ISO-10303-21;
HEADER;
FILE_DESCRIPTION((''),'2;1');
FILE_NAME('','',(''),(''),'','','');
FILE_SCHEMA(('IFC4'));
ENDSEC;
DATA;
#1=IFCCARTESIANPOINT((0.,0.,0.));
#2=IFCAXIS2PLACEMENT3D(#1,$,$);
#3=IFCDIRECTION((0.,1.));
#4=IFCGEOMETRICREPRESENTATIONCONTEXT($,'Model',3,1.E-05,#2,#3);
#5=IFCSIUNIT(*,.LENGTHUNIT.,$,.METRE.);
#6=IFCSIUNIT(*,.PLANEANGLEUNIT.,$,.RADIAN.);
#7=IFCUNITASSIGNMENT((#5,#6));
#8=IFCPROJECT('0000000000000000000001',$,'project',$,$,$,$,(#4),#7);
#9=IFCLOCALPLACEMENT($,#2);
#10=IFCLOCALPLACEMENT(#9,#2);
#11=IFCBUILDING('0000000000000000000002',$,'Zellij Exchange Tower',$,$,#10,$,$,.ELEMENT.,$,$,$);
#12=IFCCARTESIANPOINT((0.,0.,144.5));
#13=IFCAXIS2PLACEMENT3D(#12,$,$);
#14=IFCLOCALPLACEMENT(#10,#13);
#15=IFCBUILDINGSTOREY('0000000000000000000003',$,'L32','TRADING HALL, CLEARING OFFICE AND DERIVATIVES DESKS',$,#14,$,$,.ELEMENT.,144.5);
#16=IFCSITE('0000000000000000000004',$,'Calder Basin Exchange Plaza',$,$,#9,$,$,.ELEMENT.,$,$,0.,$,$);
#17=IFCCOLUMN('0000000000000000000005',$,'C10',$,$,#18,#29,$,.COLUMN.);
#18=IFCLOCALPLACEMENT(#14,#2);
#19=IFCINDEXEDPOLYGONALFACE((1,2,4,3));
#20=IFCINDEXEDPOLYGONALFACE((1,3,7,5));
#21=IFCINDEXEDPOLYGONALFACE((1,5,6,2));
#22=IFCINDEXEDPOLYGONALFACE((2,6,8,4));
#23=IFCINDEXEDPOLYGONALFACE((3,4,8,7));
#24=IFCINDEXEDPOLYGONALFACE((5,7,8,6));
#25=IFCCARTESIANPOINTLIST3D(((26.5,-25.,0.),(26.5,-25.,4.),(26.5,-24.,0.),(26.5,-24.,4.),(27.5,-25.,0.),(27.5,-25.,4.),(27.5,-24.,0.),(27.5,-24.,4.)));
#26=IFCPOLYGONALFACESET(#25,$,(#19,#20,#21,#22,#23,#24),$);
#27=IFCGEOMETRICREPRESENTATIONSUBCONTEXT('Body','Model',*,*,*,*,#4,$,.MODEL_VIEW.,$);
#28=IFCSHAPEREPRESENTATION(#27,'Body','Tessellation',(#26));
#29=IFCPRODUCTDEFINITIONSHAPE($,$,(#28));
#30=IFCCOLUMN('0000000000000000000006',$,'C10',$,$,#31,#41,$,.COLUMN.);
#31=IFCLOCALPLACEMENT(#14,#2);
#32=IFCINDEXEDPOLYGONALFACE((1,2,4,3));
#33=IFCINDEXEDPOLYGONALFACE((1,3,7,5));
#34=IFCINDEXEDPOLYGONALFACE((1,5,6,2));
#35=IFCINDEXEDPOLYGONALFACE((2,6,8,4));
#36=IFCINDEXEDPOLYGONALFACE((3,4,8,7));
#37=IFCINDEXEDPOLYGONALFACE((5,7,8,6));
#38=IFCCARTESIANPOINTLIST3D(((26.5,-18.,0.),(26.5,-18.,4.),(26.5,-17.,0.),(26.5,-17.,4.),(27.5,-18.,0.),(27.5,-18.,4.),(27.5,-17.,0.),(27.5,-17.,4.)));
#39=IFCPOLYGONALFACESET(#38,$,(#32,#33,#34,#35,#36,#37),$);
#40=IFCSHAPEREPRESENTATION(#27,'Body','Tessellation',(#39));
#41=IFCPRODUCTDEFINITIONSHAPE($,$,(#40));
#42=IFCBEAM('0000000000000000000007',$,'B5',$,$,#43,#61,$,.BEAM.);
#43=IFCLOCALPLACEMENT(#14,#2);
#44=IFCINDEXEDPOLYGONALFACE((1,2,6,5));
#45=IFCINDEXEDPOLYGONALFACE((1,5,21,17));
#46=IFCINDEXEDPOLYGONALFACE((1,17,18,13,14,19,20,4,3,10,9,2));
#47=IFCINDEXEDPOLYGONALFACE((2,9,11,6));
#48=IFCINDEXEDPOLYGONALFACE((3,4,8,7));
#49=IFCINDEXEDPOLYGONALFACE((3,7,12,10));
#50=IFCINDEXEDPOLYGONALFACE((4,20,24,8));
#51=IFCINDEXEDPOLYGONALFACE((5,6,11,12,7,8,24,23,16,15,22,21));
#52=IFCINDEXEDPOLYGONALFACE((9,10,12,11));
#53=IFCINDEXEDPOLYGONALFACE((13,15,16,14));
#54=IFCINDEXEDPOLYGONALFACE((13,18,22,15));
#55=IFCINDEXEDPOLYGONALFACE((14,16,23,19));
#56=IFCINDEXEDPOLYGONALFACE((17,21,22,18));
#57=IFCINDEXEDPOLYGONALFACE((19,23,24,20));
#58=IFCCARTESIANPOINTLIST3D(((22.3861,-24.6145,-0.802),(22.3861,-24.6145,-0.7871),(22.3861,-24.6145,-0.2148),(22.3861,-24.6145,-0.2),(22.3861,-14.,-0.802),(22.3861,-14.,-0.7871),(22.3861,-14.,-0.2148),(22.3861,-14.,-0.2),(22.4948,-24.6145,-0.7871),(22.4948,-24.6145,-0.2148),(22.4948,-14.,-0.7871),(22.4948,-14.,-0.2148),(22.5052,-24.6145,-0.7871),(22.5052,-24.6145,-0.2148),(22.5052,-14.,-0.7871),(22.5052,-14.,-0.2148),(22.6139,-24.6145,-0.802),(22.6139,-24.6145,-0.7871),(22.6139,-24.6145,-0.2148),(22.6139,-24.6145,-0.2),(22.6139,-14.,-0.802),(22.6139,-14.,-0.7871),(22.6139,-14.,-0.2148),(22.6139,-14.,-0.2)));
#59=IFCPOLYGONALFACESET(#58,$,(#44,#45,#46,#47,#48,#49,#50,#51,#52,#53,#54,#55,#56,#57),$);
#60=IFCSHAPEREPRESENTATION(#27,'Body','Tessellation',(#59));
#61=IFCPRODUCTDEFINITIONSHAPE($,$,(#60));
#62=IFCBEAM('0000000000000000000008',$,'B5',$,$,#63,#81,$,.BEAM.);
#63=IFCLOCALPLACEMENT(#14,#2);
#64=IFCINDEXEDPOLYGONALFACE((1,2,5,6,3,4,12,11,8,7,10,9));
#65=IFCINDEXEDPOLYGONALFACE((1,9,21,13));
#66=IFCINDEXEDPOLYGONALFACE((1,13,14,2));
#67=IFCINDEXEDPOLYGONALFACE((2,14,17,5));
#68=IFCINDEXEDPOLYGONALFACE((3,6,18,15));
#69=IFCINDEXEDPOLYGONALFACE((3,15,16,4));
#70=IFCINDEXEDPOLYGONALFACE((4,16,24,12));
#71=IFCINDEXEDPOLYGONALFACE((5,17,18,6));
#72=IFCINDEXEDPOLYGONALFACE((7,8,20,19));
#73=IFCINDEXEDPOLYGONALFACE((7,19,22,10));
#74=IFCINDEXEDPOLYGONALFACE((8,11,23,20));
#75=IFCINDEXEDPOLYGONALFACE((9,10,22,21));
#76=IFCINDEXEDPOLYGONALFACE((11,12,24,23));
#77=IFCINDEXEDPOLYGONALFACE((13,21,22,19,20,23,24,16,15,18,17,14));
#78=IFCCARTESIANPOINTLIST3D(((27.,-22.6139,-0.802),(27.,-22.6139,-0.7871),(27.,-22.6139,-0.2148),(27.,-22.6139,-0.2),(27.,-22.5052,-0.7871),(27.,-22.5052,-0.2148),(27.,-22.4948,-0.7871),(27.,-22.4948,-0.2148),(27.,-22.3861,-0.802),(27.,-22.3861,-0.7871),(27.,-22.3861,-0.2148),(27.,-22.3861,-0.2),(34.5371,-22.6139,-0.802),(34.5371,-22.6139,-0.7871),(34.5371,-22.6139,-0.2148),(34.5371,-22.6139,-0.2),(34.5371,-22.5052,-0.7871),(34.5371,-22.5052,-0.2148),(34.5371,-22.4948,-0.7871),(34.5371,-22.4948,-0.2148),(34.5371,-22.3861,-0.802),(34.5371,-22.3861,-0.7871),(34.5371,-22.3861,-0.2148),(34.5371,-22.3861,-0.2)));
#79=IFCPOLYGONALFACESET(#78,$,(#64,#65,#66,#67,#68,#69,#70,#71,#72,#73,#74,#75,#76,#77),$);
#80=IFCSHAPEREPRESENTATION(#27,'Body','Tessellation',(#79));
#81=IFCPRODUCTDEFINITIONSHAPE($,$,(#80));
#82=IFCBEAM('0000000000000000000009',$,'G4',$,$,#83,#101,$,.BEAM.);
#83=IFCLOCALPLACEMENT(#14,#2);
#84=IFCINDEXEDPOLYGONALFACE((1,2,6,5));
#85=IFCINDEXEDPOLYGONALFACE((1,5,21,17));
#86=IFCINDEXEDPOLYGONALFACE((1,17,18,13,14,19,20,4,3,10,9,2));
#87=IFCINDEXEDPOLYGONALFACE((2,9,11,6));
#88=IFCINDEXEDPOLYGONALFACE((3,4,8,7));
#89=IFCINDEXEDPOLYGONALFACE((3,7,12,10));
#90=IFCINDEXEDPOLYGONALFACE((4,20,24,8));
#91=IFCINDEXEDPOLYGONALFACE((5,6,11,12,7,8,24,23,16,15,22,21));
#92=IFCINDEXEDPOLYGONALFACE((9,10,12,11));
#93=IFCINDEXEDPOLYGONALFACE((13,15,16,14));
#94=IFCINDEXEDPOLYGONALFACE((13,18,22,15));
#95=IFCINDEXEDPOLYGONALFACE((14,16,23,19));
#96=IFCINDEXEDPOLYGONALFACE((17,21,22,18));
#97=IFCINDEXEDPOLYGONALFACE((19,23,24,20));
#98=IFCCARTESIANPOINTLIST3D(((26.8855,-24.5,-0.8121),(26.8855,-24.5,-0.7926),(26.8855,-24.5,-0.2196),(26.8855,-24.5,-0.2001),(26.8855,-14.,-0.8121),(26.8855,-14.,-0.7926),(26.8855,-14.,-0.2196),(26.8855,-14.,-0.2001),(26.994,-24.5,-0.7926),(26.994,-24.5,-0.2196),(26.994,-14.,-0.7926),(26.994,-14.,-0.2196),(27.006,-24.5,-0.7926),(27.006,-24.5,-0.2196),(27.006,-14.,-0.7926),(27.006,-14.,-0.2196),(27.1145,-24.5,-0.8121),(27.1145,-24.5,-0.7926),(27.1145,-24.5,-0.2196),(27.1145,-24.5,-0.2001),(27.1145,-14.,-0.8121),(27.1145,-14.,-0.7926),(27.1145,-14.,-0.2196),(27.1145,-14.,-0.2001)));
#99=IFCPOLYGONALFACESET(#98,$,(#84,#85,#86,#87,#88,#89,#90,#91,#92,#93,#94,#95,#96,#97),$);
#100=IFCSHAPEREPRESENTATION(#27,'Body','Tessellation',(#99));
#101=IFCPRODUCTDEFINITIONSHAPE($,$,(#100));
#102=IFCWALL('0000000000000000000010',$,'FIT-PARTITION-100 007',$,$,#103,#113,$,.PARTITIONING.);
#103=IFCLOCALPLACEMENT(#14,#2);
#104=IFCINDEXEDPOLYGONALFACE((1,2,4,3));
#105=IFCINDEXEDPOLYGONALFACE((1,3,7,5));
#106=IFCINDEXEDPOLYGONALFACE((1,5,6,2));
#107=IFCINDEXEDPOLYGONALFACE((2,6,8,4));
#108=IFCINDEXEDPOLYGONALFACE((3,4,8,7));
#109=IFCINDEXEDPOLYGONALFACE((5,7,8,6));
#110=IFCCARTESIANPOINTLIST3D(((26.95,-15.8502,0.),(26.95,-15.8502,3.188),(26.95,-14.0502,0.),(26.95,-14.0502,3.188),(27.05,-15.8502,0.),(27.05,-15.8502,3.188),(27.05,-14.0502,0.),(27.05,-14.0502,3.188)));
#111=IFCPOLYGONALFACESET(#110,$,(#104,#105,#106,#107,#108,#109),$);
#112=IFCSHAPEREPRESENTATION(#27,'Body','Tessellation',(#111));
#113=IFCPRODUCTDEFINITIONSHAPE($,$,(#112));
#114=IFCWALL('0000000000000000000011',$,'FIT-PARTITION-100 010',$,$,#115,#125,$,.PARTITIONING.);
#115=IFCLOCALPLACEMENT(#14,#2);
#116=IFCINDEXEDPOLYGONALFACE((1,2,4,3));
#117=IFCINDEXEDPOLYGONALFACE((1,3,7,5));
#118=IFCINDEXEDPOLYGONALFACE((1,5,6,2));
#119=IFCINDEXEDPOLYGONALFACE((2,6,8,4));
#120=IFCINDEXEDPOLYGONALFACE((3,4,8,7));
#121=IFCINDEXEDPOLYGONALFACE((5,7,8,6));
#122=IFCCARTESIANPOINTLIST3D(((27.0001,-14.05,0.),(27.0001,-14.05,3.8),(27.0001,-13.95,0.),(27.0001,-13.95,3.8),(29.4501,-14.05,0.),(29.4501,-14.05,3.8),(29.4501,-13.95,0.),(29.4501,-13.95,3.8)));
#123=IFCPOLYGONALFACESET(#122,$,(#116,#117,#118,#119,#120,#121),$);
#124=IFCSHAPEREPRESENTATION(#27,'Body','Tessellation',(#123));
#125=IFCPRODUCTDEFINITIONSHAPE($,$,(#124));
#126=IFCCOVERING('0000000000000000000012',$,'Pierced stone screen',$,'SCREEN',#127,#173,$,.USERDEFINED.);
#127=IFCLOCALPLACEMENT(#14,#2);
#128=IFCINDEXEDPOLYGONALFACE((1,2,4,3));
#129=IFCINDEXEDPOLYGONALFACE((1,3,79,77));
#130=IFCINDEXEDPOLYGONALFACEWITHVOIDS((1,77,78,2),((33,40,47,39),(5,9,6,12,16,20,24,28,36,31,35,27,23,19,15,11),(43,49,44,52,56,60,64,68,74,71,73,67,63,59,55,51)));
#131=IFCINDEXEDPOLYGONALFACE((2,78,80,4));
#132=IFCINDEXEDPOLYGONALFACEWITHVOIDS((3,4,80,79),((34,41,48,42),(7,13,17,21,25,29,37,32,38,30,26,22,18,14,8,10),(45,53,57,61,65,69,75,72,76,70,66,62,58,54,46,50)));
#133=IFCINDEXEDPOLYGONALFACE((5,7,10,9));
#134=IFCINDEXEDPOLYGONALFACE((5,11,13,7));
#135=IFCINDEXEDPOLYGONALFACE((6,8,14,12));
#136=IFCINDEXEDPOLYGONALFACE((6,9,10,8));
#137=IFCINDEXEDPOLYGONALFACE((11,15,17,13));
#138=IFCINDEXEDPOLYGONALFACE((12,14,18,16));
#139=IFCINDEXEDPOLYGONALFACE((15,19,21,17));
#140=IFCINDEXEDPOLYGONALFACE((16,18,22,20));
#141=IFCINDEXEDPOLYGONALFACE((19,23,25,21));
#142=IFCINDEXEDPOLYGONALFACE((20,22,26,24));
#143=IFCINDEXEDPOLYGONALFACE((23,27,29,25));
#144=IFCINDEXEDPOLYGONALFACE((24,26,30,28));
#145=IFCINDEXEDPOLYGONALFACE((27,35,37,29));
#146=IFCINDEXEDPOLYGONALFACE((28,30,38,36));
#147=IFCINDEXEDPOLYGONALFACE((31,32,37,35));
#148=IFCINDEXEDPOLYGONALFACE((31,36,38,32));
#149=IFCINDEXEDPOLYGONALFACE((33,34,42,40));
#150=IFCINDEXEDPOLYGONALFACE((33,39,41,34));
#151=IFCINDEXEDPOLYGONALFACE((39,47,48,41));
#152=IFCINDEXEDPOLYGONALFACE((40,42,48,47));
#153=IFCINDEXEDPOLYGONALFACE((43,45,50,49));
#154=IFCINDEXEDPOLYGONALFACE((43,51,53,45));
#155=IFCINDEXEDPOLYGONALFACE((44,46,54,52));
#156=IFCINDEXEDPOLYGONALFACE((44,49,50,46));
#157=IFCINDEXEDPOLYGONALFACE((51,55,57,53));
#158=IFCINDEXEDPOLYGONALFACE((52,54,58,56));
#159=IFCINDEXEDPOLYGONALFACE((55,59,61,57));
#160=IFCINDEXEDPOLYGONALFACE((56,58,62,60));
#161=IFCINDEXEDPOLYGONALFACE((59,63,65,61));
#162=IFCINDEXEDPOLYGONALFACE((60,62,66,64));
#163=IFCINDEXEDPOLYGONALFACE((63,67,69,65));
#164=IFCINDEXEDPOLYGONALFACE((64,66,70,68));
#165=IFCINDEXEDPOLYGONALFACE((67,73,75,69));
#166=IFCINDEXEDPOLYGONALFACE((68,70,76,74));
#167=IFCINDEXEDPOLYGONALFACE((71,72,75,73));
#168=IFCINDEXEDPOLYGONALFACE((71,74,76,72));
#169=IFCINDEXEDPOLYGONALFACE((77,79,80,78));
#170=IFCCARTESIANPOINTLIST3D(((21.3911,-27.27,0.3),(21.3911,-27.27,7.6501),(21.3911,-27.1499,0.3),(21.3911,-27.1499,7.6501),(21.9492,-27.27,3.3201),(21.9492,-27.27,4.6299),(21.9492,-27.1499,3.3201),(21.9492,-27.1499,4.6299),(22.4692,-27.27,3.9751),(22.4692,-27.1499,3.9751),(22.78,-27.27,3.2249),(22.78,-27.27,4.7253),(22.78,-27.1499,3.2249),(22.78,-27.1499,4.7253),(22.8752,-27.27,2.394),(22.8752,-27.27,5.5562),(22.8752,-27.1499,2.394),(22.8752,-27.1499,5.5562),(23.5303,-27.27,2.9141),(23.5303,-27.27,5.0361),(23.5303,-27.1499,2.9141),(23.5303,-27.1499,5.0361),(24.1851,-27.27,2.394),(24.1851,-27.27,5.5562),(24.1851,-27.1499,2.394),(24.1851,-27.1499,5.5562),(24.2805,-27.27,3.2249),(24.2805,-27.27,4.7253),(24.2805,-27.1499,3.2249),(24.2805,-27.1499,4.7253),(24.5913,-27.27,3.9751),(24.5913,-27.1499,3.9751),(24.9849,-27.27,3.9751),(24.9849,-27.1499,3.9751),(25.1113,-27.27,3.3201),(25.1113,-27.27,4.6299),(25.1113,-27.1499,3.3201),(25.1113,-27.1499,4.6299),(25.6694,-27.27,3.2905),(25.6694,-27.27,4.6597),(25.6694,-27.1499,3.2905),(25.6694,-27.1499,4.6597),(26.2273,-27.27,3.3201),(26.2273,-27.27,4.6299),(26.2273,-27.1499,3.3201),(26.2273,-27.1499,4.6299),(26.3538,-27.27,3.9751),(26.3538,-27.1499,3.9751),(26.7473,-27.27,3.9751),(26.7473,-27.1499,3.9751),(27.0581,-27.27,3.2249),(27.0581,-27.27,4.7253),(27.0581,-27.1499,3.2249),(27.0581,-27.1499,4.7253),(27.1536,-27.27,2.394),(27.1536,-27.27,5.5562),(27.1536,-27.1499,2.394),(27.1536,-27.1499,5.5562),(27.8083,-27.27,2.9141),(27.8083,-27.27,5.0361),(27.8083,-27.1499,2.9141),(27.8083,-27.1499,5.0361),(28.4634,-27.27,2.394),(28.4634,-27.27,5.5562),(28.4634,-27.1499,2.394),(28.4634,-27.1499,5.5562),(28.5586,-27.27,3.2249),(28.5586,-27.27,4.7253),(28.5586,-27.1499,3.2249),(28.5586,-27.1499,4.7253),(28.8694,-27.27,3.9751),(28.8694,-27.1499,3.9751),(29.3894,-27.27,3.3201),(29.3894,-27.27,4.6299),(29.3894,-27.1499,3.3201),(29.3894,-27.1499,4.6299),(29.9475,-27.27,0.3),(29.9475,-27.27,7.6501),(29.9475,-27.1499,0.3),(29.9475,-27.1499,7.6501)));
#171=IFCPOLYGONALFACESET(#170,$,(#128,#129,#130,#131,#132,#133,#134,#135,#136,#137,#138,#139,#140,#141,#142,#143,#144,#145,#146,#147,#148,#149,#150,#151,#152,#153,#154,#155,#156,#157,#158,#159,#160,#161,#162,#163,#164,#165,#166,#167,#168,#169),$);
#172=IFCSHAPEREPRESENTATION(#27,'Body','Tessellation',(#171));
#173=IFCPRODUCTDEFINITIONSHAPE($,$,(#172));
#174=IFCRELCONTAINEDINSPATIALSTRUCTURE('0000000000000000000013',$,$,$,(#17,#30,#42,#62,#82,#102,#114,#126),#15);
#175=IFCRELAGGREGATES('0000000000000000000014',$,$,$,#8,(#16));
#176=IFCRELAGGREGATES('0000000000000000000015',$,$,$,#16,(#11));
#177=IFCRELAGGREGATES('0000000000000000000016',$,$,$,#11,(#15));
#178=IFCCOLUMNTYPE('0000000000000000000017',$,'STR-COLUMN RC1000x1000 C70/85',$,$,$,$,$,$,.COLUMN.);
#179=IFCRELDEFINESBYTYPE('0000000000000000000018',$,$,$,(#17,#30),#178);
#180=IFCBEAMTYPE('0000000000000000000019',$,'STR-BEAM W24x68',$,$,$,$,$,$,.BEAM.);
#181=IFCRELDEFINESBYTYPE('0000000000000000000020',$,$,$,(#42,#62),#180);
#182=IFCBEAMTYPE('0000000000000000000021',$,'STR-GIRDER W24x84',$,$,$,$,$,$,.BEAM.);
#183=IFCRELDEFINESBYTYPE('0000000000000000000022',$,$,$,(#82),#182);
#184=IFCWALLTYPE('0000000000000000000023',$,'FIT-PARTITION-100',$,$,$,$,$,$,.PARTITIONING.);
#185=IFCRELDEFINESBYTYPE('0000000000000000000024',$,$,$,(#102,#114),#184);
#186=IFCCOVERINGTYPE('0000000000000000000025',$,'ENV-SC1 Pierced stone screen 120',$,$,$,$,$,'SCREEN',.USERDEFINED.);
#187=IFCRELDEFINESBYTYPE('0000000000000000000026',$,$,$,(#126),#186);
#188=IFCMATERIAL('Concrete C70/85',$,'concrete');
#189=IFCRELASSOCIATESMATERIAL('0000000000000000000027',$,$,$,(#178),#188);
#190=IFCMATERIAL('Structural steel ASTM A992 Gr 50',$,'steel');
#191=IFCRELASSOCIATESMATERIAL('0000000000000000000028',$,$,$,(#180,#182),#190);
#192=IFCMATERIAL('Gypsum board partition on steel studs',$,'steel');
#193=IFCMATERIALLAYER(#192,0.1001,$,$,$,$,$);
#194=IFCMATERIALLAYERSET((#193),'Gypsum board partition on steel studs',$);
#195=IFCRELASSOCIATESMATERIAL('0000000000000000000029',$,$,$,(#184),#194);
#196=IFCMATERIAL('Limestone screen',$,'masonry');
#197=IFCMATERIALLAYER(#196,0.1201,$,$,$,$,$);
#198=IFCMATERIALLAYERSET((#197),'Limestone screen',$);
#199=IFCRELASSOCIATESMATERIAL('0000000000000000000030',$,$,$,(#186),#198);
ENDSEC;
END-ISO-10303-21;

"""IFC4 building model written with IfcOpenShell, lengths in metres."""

from ifc_helpers import new_model, si_unit, direction, frame, frame_2d, origin, origin_2d, place, context, subcontext, project, spatial, polyline, rectangle, i_section, outline, extrude, material, layer, layer_set, material_profile, profile_set, type_object, element, save


model = new_model("IFC4")

# Units and contexts
model_context = context("Model", 3, precision=1e-05, world=origin(), true_north=direction((0.0, 1.0)))
body_context = subcontext(model_context, "Body", "Model", "MODEL_VIEW")
ifc_project = project(units=[si_unit("LENGTHUNIT", "METRE"), si_unit("PLANEANGLEUNIT", "RADIAN")], contexts=[model_context])

# Site, building, storey
site_placement = place(None, origin())
site = spatial("IfcSite", under=ifc_project, at=site_placement, Name="Calder Basin Exchange Plaza", CompositionType="ELEMENT", RefElevation=0.0)
building_placement = place(site_placement, origin())
building = spatial("IfcBuilding", under=site, at=building_placement, Name="Zellij Exchange Tower", CompositionType="ELEMENT")
storey_placement = place(building_placement, frame((0.0, 0.0, 144.5)))
storey = spatial("IfcBuildingStorey", under=building, at=storey_placement, Name="L32", Description="TRADING HALL, CLEARING OFFICE AND DERIVATIVES DESKS", CompositionType="ELEMENT", Elevation=144.5)

# Columns
ifc_material_1 = material(Name="Concrete C70/85", Category="concrete")
ifc_material_profile_1 = material_profile(ifc_material_1, rectangle(XDim=1.0, YDim=1.0, at=origin_2d()), Name="STR-COLUMN RC1000x1000 C70/85")
ifc_profile_set_1 = profile_set([ifc_material_profile_1], Name="Concrete C70/85")
column_type = type_object("IfcColumnType", Name="STR-COLUMN RC1000x1000 C70/85", PredefinedType="COLUMN", material=ifc_profile_set_1)
for number, where, z_axis, x_axis, name in (
    (1, (27.0, -24.5, 0.0), (0.0, 0.0, 1.0), (1.0, 0.0, 0.0), "C10"),
    (2, (27.0, -17.5, 0.0), (0.0, 0.0, 1.0), (1.0, 0.0, 0.0), "C10"),
):
    element("IfcColumn", number, at=place(storey_placement, frame(where, z_axis=z_axis, x_axis=x_axis)), inside=storey, type_object=column_type, Name=name, PredefinedType="COLUMN", context=body_context, shape_type="SweptSolid", body=[
        extrude(rectangle(XDim=1.0, YDim=1.0, at=origin_2d()), origin(), (0.0, 0.0, 1.0), 4.0),
    ])

# Beams
ifc_material_2 = material(Name="Structural steel ASTM A992 Gr 50", Category="steel")
ifc_material_profile_2 = material_profile(ifc_material_2, i_section(OverallWidth=0.2278, OverallDepth=0.6021, WebThickness=0.0105, FlangeThickness=0.0149, at=origin_2d()), Name="W24x68")
ifc_profile_set_2 = profile_set([ifc_material_profile_2], Name="Structural steel ASTM A992 Gr 50")
beam_type_1 = type_object("IfcBeamType", Name="STR-BEAM W24x68", PredefinedType="BEAM", material=ifc_profile_set_2)
beam_1_placement = place(storey_placement, frame((22.5, -24.6145, -0.501), z_axis=(0.0, 1.0, 0.0), x_axis=(-1.0, 0.0, 0.0)))
element("IfcBeam", 3, at=beam_1_placement, inside=storey, type_object=beam_type_1, Name="B5", PredefinedType="BEAM", context=body_context, shape_type="SweptSolid", body=[
    extrude(i_section(OverallWidth=0.2278, OverallDepth=0.6021, WebThickness=0.0105, FlangeThickness=0.0149, at=origin_2d()), origin(), (0.0, 0.0, 1.0), 10.6145),
])
beam_2_placement = place(storey_placement, frame((27.0, -22.5, -0.501), z_axis=(1.0, 0.0, 0.0), x_axis=(0.0, 1.0, 0.0)))
element("IfcBeam", 4, at=beam_2_placement, inside=storey, type_object=beam_type_1, Name="B5", PredefinedType="BEAM", context=body_context, shape_type="SweptSolid", body=[
    extrude(i_section(OverallWidth=0.2278, OverallDepth=0.6021, WebThickness=0.0105, FlangeThickness=0.0149, at=origin_2d()), origin(), (0.0, 0.0, 1.0), 7.5371),
])
ifc_material_profile_3 = material_profile(ifc_material_2, i_section(OverallWidth=0.229, OverallDepth=0.6121, WebThickness=0.012, FlangeThickness=0.0195, at=origin_2d()), Name="W24x84")
ifc_profile_set_3 = profile_set([ifc_material_profile_3], Name="Structural steel ASTM A992 Gr 50")
beam_type_2 = type_object("IfcBeamType", Name="STR-GIRDER W24x84", PredefinedType="BEAM", material=ifc_profile_set_3)
beam_3_placement = place(storey_placement, frame((27.0, -24.5, -0.5061), z_axis=(0.0, 1.0, 0.0), x_axis=(-1.0, 0.0, 0.0)))
element("IfcBeam", 5, at=beam_3_placement, inside=storey, type_object=beam_type_2, Name="G4", PredefinedType="BEAM", context=body_context, shape_type="SweptSolid", body=[
    extrude(i_section(OverallWidth=0.229, OverallDepth=0.6121, WebThickness=0.012, FlangeThickness=0.0195, at=origin_2d()), origin(), (0.0, 0.0, 1.0), 10.5),
])

# Walls
ifc_material_3 = material(Name="Gypsum board partition on steel studs", Category="steel")
ifc_layer_1 = layer(ifc_material_3, 0.1001)
ifc_layer_set_1 = layer_set([ifc_layer_1], Name="Gypsum board partition on steel studs")
wall_type = type_object("IfcWallType", Name="FIT-PARTITION-100", PredefinedType="PARTITIONING", material=ifc_layer_set_1)
wall_1_placement = place(storey_placement, frame((27.0, -15.8501, 0.0), z_axis=(0.0, 0.0, 1.0), x_axis=(0.0, 1.0, 0.0)))
element("IfcWall", 6, at=wall_1_placement, inside=storey, type_object=wall_type, Name="FIT-PARTITION-100 007", PredefinedType="PARTITIONING", context=body_context, shape_type="SweptSolid", body=[
    extrude(rectangle(XDim=1.8, YDim=0.1001, at=frame_2d((0.8999, 0.0))), origin(), (0.0, 0.0, 1.0), 3.188),
])
wall_2_placement = place(storey_placement, frame((27.0, -14.0, 0.0), z_axis=(0.0, 0.0, 1.0), x_axis=(1.0, 0.0, 0.0)))
element("IfcWall", 7, at=wall_2_placement, inside=storey, type_object=wall_type, Name="FIT-PARTITION-100 010", PredefinedType="PARTITIONING", context=body_context, shape_type="SweptSolid", body=[
    extrude(rectangle(XDim=2.45, YDim=0.1001, at=frame_2d((1.2251, 0.0))), origin(), (0.0, 0.0, 1.0), 3.8),
])

# Covering
ifc_material_4 = material(Name="Limestone screen", Category="masonry")
ifc_layer_2 = layer(ifc_material_4, 0.1201)
ifc_layer_set_2 = layer_set([ifc_layer_2], Name="Limestone screen")
covering_type = type_object("IfcCoveringType", Name="ENV-SC1 Pierced stone screen 120", ElementType="SCREEN", PredefinedType="USERDEFINED", material=ifc_layer_set_2)
covering_placement = place(storey_placement, frame((21.3911, -27.21, 0.3), z_axis=(0.0, 0.0, 1.0), x_axis=(1.0, 0.0, 0.0)))
element("IfcCovering", 8, at=covering_placement, inside=storey, type_object=covering_type, Name="Pierced stone screen", ObjectType="SCREEN", PredefinedType="USERDEFINED", context=body_context, shape_type="SweptSolid", body=[
    extrude(outline(polyline([(0.0, 0.0), (8.5564, 0.0), (8.5564, 7.3501), (0.0, 7.3501), (0.0, 0.0)]), holes=[polyline([(3.7202, 4.3298), (2.8894, 4.4253), (2.7939, 5.2561), (2.1392, 4.7361), (1.4841, 5.2561), (1.3889, 4.4253), (0.5581, 4.3298), (1.0781, 3.675), (0.5581, 3.02), (1.3889, 2.9248), (1.4841, 2.094), (2.1392, 2.614), (2.7939, 2.094), (2.8894, 2.9248), (3.7202, 3.02), (3.2002, 3.675), (3.7202, 4.3298)]), polyline([(7.9983, 4.3298), (7.1675, 4.4253), (7.0723, 5.2561), (6.4172, 4.7361), (5.7625, 5.2561), (5.667, 4.4253), (4.8362, 4.3298), (5.3562, 3.675), (4.8362, 3.02), (5.667, 2.9248), (5.7625, 2.094), (6.4172, 2.614), (7.0723, 2.094), (7.1675, 2.9248), (7.9983, 3.02), (7.4783, 3.675), (7.9983, 4.3298)]), polyline([(4.9626, 3.675), (4.2783, 4.3596), (3.5938, 3.675), (4.2783, 2.9905), (4.9626, 3.675)])]), frame((0.0, 0.0601, 0.0), z_axis=(0.0, -1.0, 0.0), x_axis=(1.0, 0.0, 0.0)), (0.0, 0.0, 1.0), 0.1201),
])

save(model, "model.ifc")
